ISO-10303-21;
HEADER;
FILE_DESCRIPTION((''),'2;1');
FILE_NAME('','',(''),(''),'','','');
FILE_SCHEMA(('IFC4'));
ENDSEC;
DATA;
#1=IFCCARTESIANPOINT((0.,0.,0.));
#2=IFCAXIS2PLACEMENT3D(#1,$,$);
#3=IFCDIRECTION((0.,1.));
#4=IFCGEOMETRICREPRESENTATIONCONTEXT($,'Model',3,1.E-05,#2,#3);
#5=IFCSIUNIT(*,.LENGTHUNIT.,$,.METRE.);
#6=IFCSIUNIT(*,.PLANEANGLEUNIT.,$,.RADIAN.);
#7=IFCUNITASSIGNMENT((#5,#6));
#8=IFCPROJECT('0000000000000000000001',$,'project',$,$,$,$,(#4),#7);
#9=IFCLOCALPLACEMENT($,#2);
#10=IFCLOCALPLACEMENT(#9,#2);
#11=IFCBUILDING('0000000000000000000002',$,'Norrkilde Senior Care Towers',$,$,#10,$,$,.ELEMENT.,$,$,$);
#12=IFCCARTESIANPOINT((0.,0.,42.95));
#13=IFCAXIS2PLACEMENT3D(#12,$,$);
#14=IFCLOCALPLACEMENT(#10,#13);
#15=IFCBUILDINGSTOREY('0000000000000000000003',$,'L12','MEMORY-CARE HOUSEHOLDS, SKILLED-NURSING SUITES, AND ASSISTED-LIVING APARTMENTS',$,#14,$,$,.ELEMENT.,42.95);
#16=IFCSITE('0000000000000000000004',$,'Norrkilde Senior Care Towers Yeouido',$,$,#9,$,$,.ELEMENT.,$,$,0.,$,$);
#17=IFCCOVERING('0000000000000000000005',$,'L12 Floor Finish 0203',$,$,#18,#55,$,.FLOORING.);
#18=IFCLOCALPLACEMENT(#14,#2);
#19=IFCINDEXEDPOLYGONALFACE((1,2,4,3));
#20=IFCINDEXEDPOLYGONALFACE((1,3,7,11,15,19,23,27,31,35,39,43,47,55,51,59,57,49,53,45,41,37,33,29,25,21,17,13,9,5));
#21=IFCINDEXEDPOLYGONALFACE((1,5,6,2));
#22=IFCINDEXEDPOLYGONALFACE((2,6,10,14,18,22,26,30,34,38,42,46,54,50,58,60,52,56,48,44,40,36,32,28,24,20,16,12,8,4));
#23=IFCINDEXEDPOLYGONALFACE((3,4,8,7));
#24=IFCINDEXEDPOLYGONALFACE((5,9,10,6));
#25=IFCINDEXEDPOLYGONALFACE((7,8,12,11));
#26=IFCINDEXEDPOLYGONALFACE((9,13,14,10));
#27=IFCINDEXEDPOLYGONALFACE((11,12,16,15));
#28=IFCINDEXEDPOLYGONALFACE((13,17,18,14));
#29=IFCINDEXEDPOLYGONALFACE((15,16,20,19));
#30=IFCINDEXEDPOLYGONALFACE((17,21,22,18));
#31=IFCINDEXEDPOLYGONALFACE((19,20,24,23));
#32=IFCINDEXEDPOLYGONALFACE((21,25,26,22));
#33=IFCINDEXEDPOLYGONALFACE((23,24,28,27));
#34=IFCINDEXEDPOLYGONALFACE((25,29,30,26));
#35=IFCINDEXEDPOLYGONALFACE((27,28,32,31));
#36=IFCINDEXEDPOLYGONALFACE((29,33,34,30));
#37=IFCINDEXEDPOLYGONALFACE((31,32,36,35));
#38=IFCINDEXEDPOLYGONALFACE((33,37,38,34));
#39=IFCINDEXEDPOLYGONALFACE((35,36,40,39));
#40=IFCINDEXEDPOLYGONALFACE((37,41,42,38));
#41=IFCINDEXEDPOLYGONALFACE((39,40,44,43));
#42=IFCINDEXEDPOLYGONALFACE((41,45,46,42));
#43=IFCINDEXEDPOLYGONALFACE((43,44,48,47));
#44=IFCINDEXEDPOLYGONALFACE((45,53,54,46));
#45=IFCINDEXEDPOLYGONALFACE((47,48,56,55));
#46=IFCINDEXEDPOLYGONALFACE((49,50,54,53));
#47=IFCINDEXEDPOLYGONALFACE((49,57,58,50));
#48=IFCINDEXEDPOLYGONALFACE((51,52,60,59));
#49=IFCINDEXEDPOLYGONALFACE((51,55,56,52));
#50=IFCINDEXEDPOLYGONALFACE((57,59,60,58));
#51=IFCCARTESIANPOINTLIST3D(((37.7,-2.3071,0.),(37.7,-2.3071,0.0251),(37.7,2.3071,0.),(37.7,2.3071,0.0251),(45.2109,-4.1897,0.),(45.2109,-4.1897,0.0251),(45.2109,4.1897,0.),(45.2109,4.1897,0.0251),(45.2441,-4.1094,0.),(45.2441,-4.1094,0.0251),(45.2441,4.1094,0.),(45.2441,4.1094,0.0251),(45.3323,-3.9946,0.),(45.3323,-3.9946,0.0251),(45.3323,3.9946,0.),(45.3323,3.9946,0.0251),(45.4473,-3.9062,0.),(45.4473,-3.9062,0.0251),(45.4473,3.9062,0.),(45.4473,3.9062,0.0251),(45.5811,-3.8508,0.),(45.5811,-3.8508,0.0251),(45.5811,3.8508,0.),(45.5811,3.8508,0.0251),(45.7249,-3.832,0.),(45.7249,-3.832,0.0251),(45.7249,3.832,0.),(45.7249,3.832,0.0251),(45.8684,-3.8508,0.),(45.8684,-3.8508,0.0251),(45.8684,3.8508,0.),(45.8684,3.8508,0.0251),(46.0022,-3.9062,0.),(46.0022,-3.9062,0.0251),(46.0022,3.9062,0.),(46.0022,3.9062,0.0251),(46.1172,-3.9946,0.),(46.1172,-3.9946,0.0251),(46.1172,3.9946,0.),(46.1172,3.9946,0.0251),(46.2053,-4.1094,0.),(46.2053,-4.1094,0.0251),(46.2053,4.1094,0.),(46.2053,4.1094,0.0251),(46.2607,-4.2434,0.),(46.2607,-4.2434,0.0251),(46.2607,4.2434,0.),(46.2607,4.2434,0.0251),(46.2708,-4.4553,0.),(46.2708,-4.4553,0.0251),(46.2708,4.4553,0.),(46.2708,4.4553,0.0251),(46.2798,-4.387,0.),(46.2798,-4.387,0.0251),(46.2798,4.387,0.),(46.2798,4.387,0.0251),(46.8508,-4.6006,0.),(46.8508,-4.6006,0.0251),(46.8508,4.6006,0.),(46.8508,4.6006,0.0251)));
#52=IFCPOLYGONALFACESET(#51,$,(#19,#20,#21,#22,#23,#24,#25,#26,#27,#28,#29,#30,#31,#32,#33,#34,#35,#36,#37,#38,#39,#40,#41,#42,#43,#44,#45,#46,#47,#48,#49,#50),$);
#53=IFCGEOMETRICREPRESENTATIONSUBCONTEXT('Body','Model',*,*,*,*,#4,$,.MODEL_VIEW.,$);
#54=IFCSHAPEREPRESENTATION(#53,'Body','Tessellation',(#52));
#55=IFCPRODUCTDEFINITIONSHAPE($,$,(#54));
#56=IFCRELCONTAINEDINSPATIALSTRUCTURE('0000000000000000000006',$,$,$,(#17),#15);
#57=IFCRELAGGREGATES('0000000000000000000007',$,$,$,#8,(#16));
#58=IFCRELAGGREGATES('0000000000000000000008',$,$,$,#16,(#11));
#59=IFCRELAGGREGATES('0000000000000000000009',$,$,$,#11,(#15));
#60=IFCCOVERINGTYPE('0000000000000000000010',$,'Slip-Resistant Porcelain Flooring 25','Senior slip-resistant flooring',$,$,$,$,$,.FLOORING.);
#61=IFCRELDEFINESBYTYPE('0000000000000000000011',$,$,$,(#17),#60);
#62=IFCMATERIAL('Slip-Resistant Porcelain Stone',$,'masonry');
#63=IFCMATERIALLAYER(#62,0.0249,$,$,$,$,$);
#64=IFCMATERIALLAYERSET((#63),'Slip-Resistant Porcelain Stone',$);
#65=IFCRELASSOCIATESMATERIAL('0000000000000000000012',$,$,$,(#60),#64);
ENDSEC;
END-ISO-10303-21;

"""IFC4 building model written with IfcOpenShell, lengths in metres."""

from ifc_helpers import new_model, si_unit, direction, frame, origin, place, context, subcontext, project, spatial, polyline, outline, extrude, material, layer, layer_set, type_object, element, save


model = new_model("IFC4")

# Units and contexts
model_context = context("Model", 3, precision=1e-05, world=origin(), true_north=direction((0.0, 1.0)))
body_context = subcontext(model_context, "Body", "Model", "MODEL_VIEW")
ifc_project = project(units=[si_unit("LENGTHUNIT", "METRE"), si_unit("PLANEANGLEUNIT", "RADIAN")], contexts=[model_context])

# Site, building, storey
site_placement = place(None, origin())
site = spatial("IfcSite", under=ifc_project, at=site_placement, Name="Norrkilde Senior Care Towers Yeouido", CompositionType="ELEMENT", RefElevation=0.0)
building_placement = place(site_placement, origin())
building = spatial("IfcBuilding", under=site, at=building_placement, Name="Norrkilde Senior Care Towers", CompositionType="ELEMENT")
storey_placement = place(building_placement, frame((0.0, 0.0, 42.95)))
storey = spatial("IfcBuildingStorey", under=building, at=storey_placement, Name="L12", Description="MEMORY-CARE HOUSEHOLDS, SKILLED-NURSING SUITES, AND ASSISTED-LIVING APARTMENTS", CompositionType="ELEMENT", Elevation=42.95)

# Covering
ifc_material_1 = material(Name="Slip-Resistant Porcelain Stone", Category="masonry")
ifc_layer_1 = layer(ifc_material_1, 0.0249)
ifc_layer_set_1 = layer_set([ifc_layer_1], Name="Slip-Resistant Porcelain Stone")
covering_type_1 = type_object("IfcCoveringType", Name="Slip-Resistant Porcelain Flooring 25", Description="Senior slip-resistant flooring", PredefinedType="FLOORING", material=ifc_layer_set_1)
covering_1_placement = place(storey_placement, origin())
element("IfcCovering", 1, at=covering_1_placement, inside=storey, type_object=covering_type_1, Name="L12 Floor Finish 0203", PredefinedType="FLOORING", context=body_context, shape_type="SweptSolid", body=[
    extrude(outline(polyline([(45.2441, 4.1094), (45.3323, 3.9946), (45.4473, 3.9062), (45.5811, 3.8508), (45.7249, 3.832), (45.8684, 3.8508), (46.0022, 3.9062), (46.1172, 3.9946), (46.2053, 4.1094), (46.2607, 4.2434), (46.2798, 4.387), (46.2708, 4.4553), (46.8508, 4.6006), (46.8508, -4.6006), (46.2708, -4.4553), (46.2798, -4.387), (46.2607, -4.2434), (46.2053, -4.1094), (46.1172, -3.9946), (46.0022, -3.9062), (45.8684, -3.8508), (45.7249, -3.832), (45.5811, -3.8508), (45.4473, -3.9062), (45.3323, -3.9946), (45.2441, -4.1094), (45.2109, -4.1897), (37.7, -2.3071), (37.7, 2.3071), (45.2109, 4.1897), (45.2441, 4.1094)])), origin(), (0.0, 0.0, 1.0), 0.0251),
])

save(model, "model.ifc")
